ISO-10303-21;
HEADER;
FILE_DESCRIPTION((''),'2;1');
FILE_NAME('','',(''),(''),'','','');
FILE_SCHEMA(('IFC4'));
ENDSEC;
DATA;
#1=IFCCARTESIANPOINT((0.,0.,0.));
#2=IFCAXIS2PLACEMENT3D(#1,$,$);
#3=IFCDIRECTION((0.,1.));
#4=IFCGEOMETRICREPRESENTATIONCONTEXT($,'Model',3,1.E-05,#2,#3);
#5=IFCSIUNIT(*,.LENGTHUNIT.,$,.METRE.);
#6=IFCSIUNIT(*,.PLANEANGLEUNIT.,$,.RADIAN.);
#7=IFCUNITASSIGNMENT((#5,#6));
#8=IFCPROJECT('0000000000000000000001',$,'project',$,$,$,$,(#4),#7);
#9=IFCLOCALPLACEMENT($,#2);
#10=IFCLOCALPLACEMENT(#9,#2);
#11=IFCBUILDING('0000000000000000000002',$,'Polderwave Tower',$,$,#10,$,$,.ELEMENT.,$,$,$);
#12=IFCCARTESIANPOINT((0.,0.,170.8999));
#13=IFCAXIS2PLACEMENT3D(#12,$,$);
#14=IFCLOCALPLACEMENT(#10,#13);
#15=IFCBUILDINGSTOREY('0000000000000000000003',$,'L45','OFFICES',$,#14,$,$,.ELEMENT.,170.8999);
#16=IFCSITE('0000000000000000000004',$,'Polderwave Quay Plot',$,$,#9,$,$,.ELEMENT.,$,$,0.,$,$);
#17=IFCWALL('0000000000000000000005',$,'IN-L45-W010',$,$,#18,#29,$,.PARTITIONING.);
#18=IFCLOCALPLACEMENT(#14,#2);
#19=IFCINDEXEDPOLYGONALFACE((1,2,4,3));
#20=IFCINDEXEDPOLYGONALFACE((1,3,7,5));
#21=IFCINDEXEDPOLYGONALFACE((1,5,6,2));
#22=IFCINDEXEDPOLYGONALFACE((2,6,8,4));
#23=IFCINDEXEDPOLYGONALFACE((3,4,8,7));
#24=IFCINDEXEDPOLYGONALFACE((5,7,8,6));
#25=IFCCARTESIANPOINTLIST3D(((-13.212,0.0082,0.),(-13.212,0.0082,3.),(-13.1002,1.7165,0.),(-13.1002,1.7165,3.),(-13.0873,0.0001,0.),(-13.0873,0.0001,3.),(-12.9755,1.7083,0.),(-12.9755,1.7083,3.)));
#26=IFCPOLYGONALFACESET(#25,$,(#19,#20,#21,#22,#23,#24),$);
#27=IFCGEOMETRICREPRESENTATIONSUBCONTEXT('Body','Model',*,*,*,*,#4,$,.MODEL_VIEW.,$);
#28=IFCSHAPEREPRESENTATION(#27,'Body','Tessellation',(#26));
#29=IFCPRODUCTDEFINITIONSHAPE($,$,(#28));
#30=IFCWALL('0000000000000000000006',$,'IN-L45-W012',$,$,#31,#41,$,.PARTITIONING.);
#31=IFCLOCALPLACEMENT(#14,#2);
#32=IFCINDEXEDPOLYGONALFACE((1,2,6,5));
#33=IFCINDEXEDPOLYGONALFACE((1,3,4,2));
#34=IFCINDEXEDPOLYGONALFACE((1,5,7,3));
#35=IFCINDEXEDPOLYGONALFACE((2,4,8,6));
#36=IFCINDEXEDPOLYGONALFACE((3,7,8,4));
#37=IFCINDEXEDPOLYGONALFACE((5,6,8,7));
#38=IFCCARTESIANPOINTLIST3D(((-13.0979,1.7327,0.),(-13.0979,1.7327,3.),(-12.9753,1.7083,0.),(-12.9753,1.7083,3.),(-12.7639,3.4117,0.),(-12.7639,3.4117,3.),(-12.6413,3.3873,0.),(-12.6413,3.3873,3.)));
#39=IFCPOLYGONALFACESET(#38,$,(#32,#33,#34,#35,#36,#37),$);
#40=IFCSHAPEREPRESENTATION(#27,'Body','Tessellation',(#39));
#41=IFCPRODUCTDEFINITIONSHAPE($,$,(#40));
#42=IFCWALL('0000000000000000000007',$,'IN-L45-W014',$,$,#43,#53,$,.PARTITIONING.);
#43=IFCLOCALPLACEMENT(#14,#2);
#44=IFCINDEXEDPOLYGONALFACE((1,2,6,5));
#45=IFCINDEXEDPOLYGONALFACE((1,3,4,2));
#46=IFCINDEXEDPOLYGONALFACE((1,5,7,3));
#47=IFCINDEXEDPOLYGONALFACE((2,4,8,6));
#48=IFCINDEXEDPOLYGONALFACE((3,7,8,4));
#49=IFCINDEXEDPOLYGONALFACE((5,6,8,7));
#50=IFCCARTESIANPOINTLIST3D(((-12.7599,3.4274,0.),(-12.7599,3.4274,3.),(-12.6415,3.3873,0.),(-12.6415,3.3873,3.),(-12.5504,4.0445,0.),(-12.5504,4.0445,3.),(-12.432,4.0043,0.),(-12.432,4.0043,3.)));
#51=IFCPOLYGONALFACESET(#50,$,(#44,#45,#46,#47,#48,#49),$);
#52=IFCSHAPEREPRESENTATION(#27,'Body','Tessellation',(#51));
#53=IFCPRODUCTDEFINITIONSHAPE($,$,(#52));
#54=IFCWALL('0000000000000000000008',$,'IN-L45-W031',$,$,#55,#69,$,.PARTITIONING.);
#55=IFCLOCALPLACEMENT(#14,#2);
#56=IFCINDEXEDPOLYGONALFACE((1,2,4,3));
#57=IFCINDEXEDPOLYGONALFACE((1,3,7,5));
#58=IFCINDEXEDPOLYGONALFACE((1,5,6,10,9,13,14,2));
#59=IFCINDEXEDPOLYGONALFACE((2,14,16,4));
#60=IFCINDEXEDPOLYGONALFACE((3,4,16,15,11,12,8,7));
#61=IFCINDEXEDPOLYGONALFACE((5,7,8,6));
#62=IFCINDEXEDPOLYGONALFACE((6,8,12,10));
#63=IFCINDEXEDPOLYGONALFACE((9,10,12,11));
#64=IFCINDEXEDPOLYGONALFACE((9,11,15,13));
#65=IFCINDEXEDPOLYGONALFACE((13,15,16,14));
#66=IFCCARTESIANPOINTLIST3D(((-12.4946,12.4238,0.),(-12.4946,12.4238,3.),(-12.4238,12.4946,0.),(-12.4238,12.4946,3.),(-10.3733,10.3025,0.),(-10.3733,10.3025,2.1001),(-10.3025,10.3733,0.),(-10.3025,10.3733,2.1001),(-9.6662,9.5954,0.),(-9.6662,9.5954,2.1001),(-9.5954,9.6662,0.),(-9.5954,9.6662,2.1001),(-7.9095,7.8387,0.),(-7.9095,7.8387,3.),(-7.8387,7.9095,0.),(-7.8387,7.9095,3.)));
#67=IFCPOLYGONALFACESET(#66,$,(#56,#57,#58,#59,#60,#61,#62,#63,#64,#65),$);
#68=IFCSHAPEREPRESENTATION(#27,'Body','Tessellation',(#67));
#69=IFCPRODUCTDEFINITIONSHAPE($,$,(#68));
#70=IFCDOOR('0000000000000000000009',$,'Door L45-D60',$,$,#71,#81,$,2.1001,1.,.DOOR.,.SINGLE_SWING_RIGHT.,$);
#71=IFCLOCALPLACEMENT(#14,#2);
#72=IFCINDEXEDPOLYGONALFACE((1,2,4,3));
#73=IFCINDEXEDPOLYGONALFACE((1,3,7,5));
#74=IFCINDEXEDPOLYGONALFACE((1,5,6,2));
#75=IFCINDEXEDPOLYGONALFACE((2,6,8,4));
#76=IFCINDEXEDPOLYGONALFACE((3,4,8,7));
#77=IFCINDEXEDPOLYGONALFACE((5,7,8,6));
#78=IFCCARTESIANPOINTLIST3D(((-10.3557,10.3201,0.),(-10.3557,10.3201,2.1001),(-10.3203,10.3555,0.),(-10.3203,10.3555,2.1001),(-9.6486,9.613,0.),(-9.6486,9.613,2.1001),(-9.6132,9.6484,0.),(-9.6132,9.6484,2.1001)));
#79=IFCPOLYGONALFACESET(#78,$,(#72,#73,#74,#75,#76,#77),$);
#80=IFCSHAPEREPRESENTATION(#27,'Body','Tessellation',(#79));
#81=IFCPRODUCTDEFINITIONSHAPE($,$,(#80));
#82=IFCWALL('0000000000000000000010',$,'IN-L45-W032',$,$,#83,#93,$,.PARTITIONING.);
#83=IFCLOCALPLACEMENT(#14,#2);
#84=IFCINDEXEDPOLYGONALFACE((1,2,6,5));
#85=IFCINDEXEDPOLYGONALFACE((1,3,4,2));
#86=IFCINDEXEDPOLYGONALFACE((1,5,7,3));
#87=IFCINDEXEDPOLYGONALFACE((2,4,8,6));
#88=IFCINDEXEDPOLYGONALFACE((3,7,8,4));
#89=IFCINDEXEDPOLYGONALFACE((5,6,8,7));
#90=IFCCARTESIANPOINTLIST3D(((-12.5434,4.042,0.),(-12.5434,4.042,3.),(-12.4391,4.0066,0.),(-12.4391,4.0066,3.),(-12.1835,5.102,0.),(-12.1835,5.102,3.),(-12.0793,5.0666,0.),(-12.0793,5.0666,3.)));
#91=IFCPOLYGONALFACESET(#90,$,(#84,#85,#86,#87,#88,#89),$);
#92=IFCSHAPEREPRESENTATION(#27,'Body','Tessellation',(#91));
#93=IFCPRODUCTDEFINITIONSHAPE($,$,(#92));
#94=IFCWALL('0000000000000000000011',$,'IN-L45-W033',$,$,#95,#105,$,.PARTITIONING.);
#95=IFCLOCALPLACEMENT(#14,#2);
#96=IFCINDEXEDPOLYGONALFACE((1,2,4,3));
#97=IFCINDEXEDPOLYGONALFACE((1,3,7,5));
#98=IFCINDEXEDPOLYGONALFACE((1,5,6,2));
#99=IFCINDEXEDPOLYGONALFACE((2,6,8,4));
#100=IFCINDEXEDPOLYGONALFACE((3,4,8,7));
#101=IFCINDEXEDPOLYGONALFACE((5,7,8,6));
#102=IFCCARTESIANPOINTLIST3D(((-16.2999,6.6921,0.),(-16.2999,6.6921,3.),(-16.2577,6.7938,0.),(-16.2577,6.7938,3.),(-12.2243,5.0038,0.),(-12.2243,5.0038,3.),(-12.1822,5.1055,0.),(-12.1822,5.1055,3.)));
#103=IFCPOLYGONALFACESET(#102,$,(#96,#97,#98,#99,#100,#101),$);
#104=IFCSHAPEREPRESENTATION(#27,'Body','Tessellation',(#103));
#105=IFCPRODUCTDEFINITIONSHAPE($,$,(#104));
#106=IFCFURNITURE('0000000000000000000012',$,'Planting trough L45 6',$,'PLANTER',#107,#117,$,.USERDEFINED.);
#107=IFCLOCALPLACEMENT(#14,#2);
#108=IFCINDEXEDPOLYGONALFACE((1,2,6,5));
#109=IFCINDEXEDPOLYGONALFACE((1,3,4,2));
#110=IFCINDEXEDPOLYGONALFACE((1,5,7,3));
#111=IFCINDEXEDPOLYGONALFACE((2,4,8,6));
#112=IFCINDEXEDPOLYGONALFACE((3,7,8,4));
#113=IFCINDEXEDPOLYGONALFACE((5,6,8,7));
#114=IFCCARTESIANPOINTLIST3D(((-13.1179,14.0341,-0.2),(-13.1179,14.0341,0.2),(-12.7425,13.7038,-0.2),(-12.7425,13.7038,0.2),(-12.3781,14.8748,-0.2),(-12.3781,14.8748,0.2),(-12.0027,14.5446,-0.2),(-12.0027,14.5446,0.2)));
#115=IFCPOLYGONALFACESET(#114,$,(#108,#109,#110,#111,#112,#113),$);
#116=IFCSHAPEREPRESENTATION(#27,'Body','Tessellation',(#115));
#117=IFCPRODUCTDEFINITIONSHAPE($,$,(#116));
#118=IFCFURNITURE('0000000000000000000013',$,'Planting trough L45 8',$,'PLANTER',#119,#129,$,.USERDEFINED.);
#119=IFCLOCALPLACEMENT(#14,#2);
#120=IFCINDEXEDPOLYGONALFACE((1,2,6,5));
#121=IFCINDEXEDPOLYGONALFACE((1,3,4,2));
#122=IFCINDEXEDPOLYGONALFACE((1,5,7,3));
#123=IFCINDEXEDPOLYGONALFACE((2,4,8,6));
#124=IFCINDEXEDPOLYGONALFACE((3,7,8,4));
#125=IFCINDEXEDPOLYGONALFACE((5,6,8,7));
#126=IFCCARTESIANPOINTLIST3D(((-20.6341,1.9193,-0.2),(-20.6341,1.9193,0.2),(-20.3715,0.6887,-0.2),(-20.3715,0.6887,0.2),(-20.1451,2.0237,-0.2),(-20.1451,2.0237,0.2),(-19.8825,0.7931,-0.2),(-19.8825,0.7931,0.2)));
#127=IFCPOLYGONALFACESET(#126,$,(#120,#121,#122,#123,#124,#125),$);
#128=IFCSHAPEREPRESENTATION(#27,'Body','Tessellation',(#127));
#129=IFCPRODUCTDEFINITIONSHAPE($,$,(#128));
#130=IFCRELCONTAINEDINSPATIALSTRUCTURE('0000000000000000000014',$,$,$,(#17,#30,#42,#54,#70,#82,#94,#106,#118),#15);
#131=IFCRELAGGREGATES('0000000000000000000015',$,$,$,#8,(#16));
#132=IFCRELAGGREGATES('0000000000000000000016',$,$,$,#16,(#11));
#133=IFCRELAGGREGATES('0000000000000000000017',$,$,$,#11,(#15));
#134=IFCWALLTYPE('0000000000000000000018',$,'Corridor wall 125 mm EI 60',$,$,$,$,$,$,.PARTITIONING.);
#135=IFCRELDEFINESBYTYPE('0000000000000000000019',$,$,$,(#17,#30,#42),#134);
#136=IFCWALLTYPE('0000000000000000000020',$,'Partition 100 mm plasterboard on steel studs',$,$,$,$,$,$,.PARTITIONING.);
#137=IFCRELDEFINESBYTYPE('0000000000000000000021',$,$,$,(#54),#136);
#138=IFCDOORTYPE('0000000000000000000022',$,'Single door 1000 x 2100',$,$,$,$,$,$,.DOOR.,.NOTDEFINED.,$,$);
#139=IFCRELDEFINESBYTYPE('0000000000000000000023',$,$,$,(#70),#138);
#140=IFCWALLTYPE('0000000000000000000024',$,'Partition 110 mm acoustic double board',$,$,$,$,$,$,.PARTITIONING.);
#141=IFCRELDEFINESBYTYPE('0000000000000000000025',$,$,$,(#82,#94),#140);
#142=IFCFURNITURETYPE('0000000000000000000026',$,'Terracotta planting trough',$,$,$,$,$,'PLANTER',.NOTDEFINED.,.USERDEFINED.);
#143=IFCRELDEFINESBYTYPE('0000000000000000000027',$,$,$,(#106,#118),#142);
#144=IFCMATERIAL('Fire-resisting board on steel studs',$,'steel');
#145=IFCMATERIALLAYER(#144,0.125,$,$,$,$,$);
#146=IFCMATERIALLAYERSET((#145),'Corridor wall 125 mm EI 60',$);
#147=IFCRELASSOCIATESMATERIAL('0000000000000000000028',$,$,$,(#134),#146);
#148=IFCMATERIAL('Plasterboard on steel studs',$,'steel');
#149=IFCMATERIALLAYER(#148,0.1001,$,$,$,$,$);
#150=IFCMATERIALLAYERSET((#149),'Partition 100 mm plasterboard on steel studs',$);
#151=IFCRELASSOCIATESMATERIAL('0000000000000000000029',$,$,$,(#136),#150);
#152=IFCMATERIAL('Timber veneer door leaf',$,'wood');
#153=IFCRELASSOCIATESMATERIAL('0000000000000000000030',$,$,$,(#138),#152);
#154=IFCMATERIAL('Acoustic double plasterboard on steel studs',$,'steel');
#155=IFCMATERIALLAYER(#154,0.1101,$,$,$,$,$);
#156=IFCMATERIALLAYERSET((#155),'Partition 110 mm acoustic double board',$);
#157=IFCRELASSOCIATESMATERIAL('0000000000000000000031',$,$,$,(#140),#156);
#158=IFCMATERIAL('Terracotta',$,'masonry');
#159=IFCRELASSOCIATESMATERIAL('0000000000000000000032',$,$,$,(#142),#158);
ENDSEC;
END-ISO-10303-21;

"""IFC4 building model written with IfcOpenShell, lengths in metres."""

from ifc_helpers import new_model, si_unit, direction, frame, frame_2d, origin, origin_2d, place, context, subcontext, project, spatial, rectangle, extrude, material, layer, layer_set, type_object, element, fill, save


model = new_model("IFC4")

# Units and contexts
model_context = context("Model", 3, precision=1e-05, world=origin(), true_north=direction((0.0, 1.0)))
body_context = subcontext(model_context, "Body", "Model", "MODEL_VIEW")
ifc_project = project(units=[si_unit("LENGTHUNIT", "METRE"), si_unit("PLANEANGLEUNIT", "RADIAN")], contexts=[model_context])

# Site, building, storey
site_placement = place(None, origin())
site = spatial("IfcSite", under=ifc_project, at=site_placement, Name="Polderwave Quay Plot", CompositionType="ELEMENT", RefElevation=0.0)
building_placement = place(site_placement, origin())
building = spatial("IfcBuilding", under=site, at=building_placement, Name="Polderwave Tower", CompositionType="ELEMENT")
storey_placement = place(building_placement, frame((0.0, 0.0, 170.8999)))
storey = spatial("IfcBuildingStorey", under=building, at=storey_placement, Name="L45", Description="OFFICES", CompositionType="ELEMENT", Elevation=170.8999)

# Shared definitions
ifc_material_1 = material(Name="Fire-resisting board on steel studs", Category="steel")
ifc_layer_1 = layer(ifc_material_1, 0.125)
ifc_layer_set_1 = layer_set([ifc_layer_1], Name="Corridor wall 125 mm EI 60")
wall_type_1 = type_object("IfcWallType", Name="Corridor wall 125 mm EI 60", PredefinedType="PARTITIONING", material=ifc_layer_set_1)

# Walls
for number, where, z_axis, x_axis, name in (
    (1, (-13.1497, 0.0042, 0.0), (0.0, 0.0, 1.0), (0.065317, 0.997865, 0.0), "IN-L45-W010"),
    (2, (-13.0366, 1.7205, 0.0), (0.0, 0.0, 1.0), (0.195101, 0.980783, 0.0), "IN-L45-W012"),
):
    element("IfcWall", number, at=place(storey_placement, frame(where, z_axis=z_axis, x_axis=x_axis)), inside=storey, type_object=wall_type_1, Name=name, PredefinedType="PARTITIONING", context=body_context, shape_type="SweptSolid", body=[
        extrude(rectangle(XDim=1.7119, YDim=0.125, at=frame_2d((0.856, 0.0))), origin(), (0.0, 0.0, 1.0), 3.0),
    ])
wall_1_placement = place(storey_placement, frame((-12.7007, 3.4075, 0.0), z_axis=(0.0, 0.0, 1.0), x_axis=(0.321506, 0.946907, 0.0)))
element("IfcWall", 3, at=wall_1_placement, inside=storey, type_object=wall_type_1, Name="IN-L45-W014", PredefinedType="PARTITIONING", context=body_context, shape_type="SweptSolid", body=[
    extrude(rectangle(XDim=0.6516, YDim=0.125, at=frame_2d((0.3257, 0.0))), origin(), (0.0, 0.0, 1.0), 3.0),
])

# Wall, opening, door
ifc_material_2 = material(Name="Plasterboard on steel studs", Category="steel")
ifc_layer_2 = layer(ifc_material_2, 0.1001)
ifc_layer_set_2 = layer_set([ifc_layer_2], Name="Partition 100 mm plasterboard on steel studs")
wall_type_2 = type_object("IfcWallType", Name="Partition 100 mm plasterboard on steel studs", PredefinedType="PARTITIONING", material=ifc_layer_set_2)
wall_2_placement = place(storey_placement, frame((-12.4592, 12.4592, 0.0), z_axis=(0.0, 0.0, 1.0), x_axis=(0.707107, -0.707107, 0.0)))
wall_2 = element("IfcWall", 4, at=wall_2_placement, inside=storey, type_object=wall_type_2, Name="IN-L45-W031", PredefinedType="PARTITIONING", context=body_context, shape_type="SweptSolid", body=[
    extrude(rectangle(XDim=6.4844, YDim=0.1001, at=frame_2d((3.2422, 0.0))), origin(), (0.0, 0.0, 1.0), 3.0),
])
opening_1_placement = place(wall_2_placement, frame((3.0, 0.0, 0.0)))
opening_1 = element("IfcOpeningElement", 5, at=opening_1_placement, cuts=wall_2, PredefinedType="OPENING", context=body_context, shape_type="SweptSolid", body=[
    extrude(rectangle(XDim=1.0, YDim=2.1001, at=frame_2d((0.5, 1.05))), frame((0.0, 0.0601, 0.0), z_axis=(0.0, -1.0, 0.0), x_axis=(1.0, 0.0, 0.0)), (0.0, 0.0, 1.0), 0.1201),
])
ifc_material_3 = material(Name="Timber veneer door leaf", Category="wood")
door_type_1 = type_object("IfcDoorType", Name="Single door 1000 x 2100", OperationType="NOTDEFINED", PredefinedType="DOOR", material=ifc_material_3)
door_1_placement = place(opening_1_placement, origin())
door_1 = element("IfcDoor", 6, at=door_1_placement, inside=storey, type_object=door_type_1, Name="Door L45-D60", OperationType="SINGLE_SWING_RIGHT", OverallHeight=2.1001, OverallWidth=1.0, PredefinedType="DOOR", context=body_context, shape_type="SweptSolid", body=[
    extrude(rectangle(XDim=1.0, YDim=2.1001, at=frame_2d((0.5, 1.05))), frame((0.0, 0.0249, 0.0), z_axis=(0.0, -1.0, 0.0), x_axis=(1.0, 0.0, 0.0)), (0.0, 0.0, 1.0), 0.05),
])
fill(opening_1, door_1)

# Walls
ifc_material_4 = material(Name="Acoustic double plasterboard on steel studs", Category="steel")
ifc_layer_3 = layer(ifc_material_4, 0.1101)
ifc_layer_set_3 = layer_set([ifc_layer_3], Name="Partition 110 mm acoustic double board")
wall_type_3 = type_object("IfcWallType", Name="Partition 110 mm acoustic double board", PredefinedType="PARTITIONING", material=ifc_layer_set_3)
wall_3_placement = place(storey_placement, frame((-12.4912, 4.0244, 0.0), z_axis=(0.0, 0.0, 1.0), x_axis=(0.321457, 0.946924, 0.0)))
element("IfcWall", 7, at=wall_3_placement, inside=storey, type_object=wall_type_3, Name="IN-L45-W032", PredefinedType="PARTITIONING", context=body_context, shape_type="SweptSolid", body=[
    extrude(rectangle(XDim=1.1194, YDim=0.1101, at=frame_2d((0.5596, 0.0))), origin(), (0.0, 0.0, 1.0), 3.0),
])
wall_4_placement = place(storey_placement, frame((-12.2034, 5.0547, 0.0), z_axis=(0.0, 0.0, 1.0), x_axis=(-0.923869, 0.382709, 0.0)))
element("IfcWall", 8, at=wall_4_placement, inside=storey, type_object=wall_type_3, Name="IN-L45-W033", PredefinedType="PARTITIONING", context=body_context, shape_type="SweptSolid", body=[
    extrude(rectangle(XDim=4.4114, YDim=0.1101, at=frame_2d((2.2056, 0.0))), origin(), (0.0, 0.0, 1.0), 3.0),
])

# Furniture
ifc_material_5 = material(Name="Terracotta", Category="masonry")
furniture_type = type_object("IfcFurnitureType", Name="Terracotta planting trough", ElementType="PLANTER", AssemblyPlace="NOTDEFINED", PredefinedType="USERDEFINED", material=ifc_material_5)
furniture_1_placement = place(storey_placement, frame((-12.5603, 14.2893, -0.2), z_axis=(0.0, 0.0, 1.0), x_axis=(-0.660563, -0.750771, 0.0)))
element("IfcFurniture", 9, at=furniture_1_placement, inside=storey, type_object=furniture_type, Name="Planting trough L45 6", ObjectType="PLANTER", PredefinedType="USERDEFINED", context=body_context, shape_type="SweptSolid", body=[
    extrude(rectangle(XDim=1.1199, YDim=0.5, at=origin_2d()), origin(), (0.0, 0.0, 1.0), 0.3999),
])
furniture_2_placement = place(storey_placement, frame((-20.2583, 1.3562, -0.2), z_axis=(0.0, 0.0, 1.0), x_axis=(0.208694, -0.977981, 0.0)))
element("IfcFurniture", 10, at=furniture_2_placement, inside=storey, type_object=furniture_type, Name="Planting trough L45 8", ObjectType="PLANTER", PredefinedType="USERDEFINED", context=body_context, shape_type="SweptSolid", body=[
    extrude(rectangle(XDim=1.2583, YDim=0.5, at=origin_2d()), origin(), (0.0, 0.0, 1.0), 0.3999),
])

save(model, "model.ifc")
